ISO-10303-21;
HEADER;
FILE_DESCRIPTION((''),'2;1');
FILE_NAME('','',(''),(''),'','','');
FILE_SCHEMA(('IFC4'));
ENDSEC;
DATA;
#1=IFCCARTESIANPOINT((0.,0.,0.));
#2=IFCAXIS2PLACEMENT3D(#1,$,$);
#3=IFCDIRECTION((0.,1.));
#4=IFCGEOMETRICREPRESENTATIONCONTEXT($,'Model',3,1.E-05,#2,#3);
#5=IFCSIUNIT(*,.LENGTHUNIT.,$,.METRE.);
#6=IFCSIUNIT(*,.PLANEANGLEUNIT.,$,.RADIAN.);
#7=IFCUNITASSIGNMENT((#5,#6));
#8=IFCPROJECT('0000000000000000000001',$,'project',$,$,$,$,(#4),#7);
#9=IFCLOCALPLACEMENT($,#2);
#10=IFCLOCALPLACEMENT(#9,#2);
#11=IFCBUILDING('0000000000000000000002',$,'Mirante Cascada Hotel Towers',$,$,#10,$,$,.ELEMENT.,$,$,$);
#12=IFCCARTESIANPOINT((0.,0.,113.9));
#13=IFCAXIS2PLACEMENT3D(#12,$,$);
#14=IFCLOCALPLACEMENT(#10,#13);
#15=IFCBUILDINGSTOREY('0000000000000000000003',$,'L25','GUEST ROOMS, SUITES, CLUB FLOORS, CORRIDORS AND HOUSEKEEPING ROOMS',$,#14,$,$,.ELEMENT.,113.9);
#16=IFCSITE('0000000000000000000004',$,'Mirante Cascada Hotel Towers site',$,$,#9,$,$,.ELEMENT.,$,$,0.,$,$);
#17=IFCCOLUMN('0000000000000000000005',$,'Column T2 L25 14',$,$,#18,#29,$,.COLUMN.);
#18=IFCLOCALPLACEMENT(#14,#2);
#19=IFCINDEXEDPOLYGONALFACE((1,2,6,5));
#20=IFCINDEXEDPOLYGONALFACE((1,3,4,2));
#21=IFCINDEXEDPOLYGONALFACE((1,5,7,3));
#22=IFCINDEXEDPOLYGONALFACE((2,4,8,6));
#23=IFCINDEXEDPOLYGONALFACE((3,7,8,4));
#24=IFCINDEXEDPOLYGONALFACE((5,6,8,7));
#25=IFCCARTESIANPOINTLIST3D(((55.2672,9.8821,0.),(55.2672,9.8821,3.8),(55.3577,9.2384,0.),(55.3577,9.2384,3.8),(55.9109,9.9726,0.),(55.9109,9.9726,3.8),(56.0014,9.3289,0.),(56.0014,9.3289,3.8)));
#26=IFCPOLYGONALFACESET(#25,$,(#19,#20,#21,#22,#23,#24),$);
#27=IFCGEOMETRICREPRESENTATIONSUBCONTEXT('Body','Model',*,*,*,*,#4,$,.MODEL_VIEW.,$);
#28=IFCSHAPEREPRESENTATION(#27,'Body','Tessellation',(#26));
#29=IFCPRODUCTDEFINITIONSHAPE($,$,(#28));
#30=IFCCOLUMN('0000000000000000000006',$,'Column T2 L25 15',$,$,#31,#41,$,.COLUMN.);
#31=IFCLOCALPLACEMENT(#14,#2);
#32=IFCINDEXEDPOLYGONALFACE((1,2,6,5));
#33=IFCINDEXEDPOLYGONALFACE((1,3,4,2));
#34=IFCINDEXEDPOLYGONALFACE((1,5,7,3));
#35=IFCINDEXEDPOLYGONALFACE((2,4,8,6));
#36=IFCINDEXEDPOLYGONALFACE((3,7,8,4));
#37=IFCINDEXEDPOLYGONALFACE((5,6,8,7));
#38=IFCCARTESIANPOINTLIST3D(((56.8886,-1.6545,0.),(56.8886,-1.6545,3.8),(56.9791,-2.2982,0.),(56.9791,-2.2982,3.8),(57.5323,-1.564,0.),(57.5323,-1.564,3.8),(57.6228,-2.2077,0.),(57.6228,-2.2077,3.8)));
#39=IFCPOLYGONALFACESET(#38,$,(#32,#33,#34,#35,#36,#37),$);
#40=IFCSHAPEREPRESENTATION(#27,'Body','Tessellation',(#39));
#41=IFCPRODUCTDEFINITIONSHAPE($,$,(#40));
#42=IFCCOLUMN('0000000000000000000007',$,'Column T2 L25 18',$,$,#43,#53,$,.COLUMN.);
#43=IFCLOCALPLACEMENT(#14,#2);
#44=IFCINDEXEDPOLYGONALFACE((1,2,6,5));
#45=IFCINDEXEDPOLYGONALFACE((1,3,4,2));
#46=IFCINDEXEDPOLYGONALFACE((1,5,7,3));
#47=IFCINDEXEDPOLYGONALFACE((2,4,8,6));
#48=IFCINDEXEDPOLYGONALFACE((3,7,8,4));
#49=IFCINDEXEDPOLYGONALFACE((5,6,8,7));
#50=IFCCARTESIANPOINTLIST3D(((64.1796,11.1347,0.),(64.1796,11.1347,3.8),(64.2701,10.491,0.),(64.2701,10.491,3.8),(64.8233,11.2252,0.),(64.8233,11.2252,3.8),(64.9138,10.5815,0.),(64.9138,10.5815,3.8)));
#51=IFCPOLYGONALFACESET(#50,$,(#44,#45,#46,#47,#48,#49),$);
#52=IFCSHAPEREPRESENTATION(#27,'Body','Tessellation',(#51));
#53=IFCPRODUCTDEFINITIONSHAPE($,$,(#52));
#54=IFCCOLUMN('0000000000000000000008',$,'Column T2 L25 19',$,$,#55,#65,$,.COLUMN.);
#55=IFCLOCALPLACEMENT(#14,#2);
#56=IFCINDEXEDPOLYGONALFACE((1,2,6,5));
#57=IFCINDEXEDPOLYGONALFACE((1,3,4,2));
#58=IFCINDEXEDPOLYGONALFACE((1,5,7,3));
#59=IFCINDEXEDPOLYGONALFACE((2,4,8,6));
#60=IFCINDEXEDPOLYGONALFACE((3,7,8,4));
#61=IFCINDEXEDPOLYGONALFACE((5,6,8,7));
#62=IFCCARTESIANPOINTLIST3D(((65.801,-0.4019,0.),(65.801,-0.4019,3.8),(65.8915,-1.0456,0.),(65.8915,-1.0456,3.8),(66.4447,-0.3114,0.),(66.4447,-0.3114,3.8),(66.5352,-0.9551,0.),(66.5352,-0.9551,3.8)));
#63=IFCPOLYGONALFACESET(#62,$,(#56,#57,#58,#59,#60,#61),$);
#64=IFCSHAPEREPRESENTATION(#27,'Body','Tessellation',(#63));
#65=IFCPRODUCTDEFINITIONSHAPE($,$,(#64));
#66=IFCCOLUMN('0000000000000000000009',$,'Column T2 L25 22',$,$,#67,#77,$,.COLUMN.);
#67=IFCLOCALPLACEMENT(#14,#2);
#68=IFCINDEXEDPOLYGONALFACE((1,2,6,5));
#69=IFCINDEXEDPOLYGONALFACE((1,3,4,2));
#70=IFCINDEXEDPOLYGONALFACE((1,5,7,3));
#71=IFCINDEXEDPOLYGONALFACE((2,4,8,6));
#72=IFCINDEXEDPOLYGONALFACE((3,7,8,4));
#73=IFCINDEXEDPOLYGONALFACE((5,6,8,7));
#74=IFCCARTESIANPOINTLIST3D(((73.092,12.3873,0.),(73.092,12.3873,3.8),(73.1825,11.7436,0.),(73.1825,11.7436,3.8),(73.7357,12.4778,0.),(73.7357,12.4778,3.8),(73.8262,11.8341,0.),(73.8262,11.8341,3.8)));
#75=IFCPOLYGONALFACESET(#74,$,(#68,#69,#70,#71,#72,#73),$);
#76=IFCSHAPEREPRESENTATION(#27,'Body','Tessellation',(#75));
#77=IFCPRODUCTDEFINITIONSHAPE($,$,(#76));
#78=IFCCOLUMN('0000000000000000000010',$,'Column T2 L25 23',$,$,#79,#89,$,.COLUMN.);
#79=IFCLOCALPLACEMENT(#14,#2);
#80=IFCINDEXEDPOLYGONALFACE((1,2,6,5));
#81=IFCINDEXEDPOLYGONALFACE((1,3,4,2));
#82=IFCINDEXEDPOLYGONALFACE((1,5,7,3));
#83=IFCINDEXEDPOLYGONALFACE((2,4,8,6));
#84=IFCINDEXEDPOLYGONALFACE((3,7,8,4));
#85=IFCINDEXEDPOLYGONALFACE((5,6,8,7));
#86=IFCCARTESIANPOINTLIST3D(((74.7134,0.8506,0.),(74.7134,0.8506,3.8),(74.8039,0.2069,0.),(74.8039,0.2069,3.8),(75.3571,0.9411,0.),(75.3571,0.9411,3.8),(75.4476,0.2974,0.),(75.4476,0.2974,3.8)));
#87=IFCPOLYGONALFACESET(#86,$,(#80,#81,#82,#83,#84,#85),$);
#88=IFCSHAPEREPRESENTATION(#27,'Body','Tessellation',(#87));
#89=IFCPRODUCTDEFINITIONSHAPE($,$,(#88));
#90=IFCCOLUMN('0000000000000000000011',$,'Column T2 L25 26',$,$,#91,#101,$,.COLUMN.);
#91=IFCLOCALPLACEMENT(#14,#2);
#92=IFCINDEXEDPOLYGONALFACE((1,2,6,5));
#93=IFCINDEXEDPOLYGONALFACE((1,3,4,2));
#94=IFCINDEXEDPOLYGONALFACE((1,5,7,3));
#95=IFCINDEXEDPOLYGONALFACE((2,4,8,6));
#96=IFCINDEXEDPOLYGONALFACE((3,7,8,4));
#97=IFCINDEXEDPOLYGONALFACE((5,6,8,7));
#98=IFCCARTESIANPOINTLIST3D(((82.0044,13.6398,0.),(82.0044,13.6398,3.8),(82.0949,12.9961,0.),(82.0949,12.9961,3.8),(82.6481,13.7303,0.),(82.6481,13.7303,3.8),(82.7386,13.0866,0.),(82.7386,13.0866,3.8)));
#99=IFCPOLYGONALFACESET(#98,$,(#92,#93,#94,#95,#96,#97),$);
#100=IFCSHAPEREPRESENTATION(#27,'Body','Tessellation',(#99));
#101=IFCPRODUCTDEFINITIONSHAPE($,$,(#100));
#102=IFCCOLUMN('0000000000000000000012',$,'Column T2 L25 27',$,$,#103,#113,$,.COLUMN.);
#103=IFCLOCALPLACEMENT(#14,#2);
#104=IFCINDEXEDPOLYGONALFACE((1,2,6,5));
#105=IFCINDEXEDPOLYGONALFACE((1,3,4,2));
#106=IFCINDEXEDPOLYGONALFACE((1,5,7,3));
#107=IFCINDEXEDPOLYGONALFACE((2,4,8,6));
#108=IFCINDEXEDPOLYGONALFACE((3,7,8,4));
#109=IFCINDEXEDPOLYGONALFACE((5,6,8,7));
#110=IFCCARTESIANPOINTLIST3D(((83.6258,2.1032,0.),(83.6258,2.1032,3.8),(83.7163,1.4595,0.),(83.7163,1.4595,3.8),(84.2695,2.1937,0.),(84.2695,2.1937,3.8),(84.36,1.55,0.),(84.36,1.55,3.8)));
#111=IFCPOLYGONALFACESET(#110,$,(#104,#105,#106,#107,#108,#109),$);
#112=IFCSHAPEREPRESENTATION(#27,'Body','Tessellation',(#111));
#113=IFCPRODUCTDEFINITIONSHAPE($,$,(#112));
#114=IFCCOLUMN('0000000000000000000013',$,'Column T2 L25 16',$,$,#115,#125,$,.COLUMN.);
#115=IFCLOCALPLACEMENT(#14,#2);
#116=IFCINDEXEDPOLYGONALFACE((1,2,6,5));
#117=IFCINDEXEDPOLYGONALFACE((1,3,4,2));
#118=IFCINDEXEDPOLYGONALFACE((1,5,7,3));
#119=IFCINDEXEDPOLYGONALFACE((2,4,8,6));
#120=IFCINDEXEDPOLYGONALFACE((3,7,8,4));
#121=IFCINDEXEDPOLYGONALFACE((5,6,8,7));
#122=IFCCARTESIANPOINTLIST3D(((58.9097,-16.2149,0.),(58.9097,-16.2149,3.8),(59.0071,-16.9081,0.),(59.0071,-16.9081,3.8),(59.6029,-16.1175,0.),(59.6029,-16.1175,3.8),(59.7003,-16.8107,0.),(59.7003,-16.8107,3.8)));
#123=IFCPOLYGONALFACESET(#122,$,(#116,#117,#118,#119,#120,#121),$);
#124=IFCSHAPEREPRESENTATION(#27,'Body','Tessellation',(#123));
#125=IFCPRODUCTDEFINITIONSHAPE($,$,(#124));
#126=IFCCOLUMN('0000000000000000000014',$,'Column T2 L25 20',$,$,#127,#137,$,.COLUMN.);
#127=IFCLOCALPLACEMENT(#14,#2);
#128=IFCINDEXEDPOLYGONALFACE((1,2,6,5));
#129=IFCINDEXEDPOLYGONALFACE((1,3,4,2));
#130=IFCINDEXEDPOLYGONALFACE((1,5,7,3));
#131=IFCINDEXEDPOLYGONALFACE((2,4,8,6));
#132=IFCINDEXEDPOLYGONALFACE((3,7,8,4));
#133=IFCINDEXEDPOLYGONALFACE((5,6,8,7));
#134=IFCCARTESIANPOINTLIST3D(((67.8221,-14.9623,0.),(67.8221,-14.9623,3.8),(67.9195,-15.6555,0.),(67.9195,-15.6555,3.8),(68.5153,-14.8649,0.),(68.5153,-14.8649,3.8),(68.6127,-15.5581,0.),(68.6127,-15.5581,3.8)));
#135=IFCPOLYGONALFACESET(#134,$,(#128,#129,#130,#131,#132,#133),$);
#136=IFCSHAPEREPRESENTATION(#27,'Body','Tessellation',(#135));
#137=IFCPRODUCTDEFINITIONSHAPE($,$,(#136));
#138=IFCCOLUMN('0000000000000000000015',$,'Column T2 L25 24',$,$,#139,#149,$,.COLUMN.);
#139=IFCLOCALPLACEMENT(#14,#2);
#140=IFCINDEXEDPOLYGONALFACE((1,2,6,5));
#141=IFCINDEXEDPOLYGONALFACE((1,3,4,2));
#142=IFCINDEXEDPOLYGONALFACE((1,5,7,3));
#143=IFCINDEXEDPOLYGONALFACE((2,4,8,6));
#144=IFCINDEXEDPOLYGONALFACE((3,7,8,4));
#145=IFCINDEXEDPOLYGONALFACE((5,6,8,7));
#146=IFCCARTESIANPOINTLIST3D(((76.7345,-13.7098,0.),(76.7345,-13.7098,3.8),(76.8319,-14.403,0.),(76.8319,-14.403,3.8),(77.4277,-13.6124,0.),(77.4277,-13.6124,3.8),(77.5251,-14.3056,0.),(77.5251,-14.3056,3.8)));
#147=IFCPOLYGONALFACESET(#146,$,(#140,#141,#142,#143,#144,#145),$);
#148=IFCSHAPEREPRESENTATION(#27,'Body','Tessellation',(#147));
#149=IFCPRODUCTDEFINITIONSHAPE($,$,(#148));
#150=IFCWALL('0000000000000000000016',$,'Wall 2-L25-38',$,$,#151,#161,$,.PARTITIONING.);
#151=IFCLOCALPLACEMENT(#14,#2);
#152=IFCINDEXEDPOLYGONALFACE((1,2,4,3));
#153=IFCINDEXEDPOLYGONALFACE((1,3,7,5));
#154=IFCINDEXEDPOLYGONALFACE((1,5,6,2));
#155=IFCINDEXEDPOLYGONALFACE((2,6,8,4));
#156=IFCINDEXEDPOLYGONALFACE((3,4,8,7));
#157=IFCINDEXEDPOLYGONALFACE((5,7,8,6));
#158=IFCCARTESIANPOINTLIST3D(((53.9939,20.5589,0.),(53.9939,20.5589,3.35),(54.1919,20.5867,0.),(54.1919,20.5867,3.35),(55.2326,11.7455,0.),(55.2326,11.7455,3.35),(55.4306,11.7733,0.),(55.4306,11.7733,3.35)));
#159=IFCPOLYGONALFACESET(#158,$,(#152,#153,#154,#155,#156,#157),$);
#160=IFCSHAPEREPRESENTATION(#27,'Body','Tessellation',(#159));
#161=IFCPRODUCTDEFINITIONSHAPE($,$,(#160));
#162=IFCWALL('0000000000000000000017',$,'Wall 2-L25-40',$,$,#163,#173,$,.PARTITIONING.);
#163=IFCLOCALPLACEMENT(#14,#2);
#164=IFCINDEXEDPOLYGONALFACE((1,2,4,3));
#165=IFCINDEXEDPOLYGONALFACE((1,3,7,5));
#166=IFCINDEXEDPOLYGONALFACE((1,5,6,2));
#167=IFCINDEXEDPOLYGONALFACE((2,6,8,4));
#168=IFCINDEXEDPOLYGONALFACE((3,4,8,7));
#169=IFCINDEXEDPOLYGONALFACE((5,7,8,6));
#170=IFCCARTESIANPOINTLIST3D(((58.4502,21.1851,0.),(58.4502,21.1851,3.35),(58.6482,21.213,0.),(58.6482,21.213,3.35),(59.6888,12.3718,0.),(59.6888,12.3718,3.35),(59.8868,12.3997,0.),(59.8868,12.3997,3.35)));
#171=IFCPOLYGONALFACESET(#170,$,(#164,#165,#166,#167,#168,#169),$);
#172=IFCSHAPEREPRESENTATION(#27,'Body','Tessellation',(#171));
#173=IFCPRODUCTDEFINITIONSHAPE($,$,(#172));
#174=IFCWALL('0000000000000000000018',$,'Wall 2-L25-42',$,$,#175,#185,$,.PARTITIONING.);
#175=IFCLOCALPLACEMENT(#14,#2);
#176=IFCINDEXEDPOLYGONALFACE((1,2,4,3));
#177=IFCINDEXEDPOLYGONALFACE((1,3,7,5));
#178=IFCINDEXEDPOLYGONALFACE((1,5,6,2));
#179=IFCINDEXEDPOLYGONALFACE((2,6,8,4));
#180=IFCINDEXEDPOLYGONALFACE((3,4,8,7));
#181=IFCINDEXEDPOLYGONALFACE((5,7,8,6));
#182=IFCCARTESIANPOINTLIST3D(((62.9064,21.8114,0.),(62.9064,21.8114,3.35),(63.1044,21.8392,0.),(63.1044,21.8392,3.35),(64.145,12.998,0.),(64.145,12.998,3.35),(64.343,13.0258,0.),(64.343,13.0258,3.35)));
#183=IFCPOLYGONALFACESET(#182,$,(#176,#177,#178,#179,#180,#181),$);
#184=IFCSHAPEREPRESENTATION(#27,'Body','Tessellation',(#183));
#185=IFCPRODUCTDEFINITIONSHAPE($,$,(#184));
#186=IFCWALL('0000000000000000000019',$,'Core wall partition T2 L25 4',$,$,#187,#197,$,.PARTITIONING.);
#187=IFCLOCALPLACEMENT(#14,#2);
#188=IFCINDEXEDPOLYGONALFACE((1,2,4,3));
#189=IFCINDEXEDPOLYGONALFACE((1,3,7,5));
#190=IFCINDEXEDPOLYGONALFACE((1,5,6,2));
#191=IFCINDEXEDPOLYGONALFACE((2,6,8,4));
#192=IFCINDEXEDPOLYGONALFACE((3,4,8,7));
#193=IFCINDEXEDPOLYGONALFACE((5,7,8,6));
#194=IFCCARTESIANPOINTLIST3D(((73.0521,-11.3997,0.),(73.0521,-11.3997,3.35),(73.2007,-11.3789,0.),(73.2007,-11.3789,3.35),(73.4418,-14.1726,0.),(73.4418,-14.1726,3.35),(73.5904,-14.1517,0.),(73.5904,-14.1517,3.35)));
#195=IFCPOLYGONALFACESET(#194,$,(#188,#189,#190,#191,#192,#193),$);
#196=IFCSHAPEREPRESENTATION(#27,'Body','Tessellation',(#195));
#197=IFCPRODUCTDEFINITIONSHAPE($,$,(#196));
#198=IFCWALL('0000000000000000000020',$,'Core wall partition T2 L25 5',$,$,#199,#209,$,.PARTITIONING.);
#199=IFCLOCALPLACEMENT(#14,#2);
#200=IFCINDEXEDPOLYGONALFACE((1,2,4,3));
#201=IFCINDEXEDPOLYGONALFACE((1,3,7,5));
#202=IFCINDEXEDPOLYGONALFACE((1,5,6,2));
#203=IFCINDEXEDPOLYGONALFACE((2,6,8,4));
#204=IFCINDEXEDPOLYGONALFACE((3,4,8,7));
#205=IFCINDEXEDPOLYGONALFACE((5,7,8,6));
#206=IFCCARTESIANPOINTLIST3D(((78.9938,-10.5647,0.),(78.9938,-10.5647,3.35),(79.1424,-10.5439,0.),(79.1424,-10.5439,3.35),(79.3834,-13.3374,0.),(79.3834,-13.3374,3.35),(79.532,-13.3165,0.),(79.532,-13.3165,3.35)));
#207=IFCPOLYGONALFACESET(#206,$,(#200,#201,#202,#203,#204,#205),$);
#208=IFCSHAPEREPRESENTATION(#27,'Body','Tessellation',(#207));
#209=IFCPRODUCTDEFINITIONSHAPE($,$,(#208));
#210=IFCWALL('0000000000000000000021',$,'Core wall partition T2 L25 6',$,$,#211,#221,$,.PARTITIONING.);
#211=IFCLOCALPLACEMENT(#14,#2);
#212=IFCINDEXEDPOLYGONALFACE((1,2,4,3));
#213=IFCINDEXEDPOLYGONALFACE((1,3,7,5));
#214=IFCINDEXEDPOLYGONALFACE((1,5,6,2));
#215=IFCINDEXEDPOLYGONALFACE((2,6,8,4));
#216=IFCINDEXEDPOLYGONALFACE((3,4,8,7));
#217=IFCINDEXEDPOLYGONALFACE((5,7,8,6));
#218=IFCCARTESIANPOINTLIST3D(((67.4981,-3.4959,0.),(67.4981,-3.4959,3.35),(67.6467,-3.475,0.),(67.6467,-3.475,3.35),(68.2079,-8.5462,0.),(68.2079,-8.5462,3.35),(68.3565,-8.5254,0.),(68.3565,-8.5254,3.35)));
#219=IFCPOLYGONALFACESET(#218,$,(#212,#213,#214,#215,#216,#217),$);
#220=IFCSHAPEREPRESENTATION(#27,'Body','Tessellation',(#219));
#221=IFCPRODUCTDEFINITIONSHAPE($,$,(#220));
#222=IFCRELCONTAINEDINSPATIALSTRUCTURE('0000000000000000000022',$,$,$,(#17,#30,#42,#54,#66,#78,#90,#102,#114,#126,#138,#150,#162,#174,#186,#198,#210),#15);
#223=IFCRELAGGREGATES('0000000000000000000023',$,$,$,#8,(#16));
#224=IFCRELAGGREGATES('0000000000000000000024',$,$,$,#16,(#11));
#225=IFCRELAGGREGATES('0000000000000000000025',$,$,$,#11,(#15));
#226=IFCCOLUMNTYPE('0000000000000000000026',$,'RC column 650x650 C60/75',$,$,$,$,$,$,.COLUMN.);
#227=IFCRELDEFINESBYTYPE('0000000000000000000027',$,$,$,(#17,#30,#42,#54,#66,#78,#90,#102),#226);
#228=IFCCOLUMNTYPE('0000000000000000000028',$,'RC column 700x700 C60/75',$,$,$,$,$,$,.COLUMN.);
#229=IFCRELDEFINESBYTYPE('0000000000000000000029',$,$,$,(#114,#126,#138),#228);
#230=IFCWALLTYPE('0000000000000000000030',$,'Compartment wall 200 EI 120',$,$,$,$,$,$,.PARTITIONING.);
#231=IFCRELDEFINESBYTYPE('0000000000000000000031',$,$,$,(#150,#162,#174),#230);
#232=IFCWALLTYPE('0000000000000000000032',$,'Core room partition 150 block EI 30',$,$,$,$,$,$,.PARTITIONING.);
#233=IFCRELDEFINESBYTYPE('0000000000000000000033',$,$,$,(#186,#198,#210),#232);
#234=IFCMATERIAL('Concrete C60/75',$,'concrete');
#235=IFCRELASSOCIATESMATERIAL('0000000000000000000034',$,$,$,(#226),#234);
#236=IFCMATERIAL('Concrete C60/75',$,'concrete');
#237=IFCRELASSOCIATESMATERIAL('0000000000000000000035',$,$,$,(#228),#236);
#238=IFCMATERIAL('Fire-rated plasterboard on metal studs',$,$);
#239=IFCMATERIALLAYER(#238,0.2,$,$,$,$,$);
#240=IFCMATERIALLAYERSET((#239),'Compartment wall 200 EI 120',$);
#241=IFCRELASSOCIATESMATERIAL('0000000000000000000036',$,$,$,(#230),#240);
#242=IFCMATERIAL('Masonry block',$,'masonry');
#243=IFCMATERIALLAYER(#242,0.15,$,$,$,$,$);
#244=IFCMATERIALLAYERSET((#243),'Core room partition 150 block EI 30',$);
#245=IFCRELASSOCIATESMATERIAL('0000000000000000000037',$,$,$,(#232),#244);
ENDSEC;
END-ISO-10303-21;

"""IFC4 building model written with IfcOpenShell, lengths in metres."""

from ifc_helpers import new_model, si_unit, direction, frame, frame_2d, origin, origin_2d, place, context, subcontext, project, spatial, rectangle, extrude, material, layer, layer_set, material_profile, profile_set, type_object, element, save


model = new_model("IFC4")

# Units and contexts
model_context = context("Model", 3, precision=1e-05, world=origin(), true_north=direction((0.0, 1.0)))
body_context = subcontext(model_context, "Body", "Model", "MODEL_VIEW")
ifc_project = project(units=[si_unit("LENGTHUNIT", "METRE"), si_unit("PLANEANGLEUNIT", "RADIAN")], contexts=[model_context])

# Site, building, storey
site_placement = place(None, origin())
site = spatial("IfcSite", under=ifc_project, at=site_placement, Name="Mirante Cascada Hotel Towers site", CompositionType="ELEMENT", RefElevation=0.0)
building_placement = place(site_placement, origin())
building = spatial("IfcBuilding", under=site, at=building_placement, Name="Mirante Cascada Hotel Towers", CompositionType="ELEMENT")
storey_placement = place(building_placement, frame((0.0, 0.0, 113.9)))
storey = spatial("IfcBuildingStorey", under=building, at=storey_placement, Name="L25", Description="GUEST ROOMS, SUITES, CLUB FLOORS, CORRIDORS AND HOUSEKEEPING ROOMS", CompositionType="ELEMENT", Elevation=113.9)

# Columns
ifc_material_1 = material(Name="Concrete C60/75", Category="concrete")
ifc_material_profile_1 = material_profile(ifc_material_1, rectangle(XDim=0.65, YDim=0.65, at=origin_2d()), Name="RC column 650x650 C60/75")
ifc_profile_set_1 = profile_set([ifc_material_profile_1], Name="Concrete C60/75")
column_type_1 = type_object("IfcColumnType", Name="RC column 650x650 C60/75", PredefinedType="COLUMN", material=ifc_profile_set_1)
for number, where, z_axis, x_axis, name in (
    (1, (55.6343, 9.6055, 0.0), (0.0, 0.0, 1.0), (0.990268, 0.139173, 0.0), "Column T2 L25 14"),
    (2, (57.2557, -1.9311, 0.0), (0.0, 0.0, 1.0), (0.990268, 0.139173, 0.0), "Column T2 L25 15"),
    (3, (64.5467, 10.8581, 0.0), (0.0, 0.0, 1.0), (0.990268, 0.139173, 0.0), "Column T2 L25 18"),
    (4, (66.1681, -0.6785, 0.0), (0.0, 0.0, 1.0), (0.990268, 0.139173, 0.0), "Column T2 L25 19"),
    (5, (73.4591, 12.1107, 0.0), (0.0, 0.0, 1.0), (0.990268, 0.139173, 0.0), "Column T2 L25 22"),
    (6, (75.0805, 0.574, 0.0), (0.0, 0.0, 1.0), (0.990268, 0.139173, 0.0), "Column T2 L25 23"),
    (7, (82.3715, 13.3632, 0.0), (0.0, 0.0, 1.0), (0.990268, 0.139173, 0.0), "Column T2 L25 26"),
    (8, (83.9929, 1.8266, 0.0), (0.0, 0.0, 1.0), (0.990268, 0.139173, 0.0), "Column T2 L25 27"),
):
    element("IfcColumn", number, at=place(storey_placement, frame(where, z_axis=z_axis, x_axis=x_axis)), inside=storey, type_object=column_type_1, Name=name, PredefinedType="COLUMN", context=body_context, shape_type="SweptSolid", body=[
        extrude(rectangle(XDim=0.65, YDim=0.65, at=origin_2d()), origin(), (0.0, 0.0, 1.0), 3.8),
    ])
ifc_material_2 = material(Name="Concrete C60/75", Category="concrete")
ifc_material_profile_2 = material_profile(ifc_material_2, rectangle(XDim=0.7, YDim=0.7, at=origin_2d()), Name="RC column 700x700 C60/75")
ifc_profile_set_2 = profile_set([ifc_material_profile_2], Name="Concrete C60/75")
column_type_2 = type_object("IfcColumnType", Name="RC column 700x700 C60/75", PredefinedType="COLUMN", material=ifc_profile_set_2)
for number, where, z_axis, x_axis, name in (
    (9, (59.305, -16.5128, 0.0), (0.0, 0.0, 1.0), (0.990268, 0.139173, 0.0), "Column T2 L25 16"),
    (10, (68.2174, -15.2602, 0.0), (0.0, 0.0, 1.0), (0.990268, 0.139173, 0.0), "Column T2 L25 20"),
    (11, (77.1298, -14.0077, 0.0), (0.0, 0.0, 1.0), (0.990268, 0.139173, 0.0), "Column T2 L25 24"),
):
    element("IfcColumn", number, at=place(storey_placement, frame(where, z_axis=z_axis, x_axis=x_axis)), inside=storey, type_object=column_type_2, Name=name, PredefinedType="COLUMN", context=body_context, shape_type="SweptSolid", body=[
        extrude(rectangle(XDim=0.7, YDim=0.7, at=origin_2d()), origin(), (0.0, 0.0, 1.0), 3.8),
    ])

# Walls
ifc_material_3 = material(Name="Fire-rated plasterboard on metal studs")
ifc_layer_1 = layer(ifc_material_3, 0.2)
ifc_layer_set_1 = layer_set([ifc_layer_1], Name="Compartment wall 200 EI 120")
wall_type_1 = type_object("IfcWallType", Name="Compartment wall 200 EI 120", PredefinedType="PARTITIONING", material=ifc_layer_set_1)
wall_1_placement = place(storey_placement, frame((55.3316, 11.7594, 0.0), z_axis=(0.0, 0.0, 1.0), x_axis=(-0.139179, 0.990267, 0.0)))
element("IfcWall", 12, at=wall_1_placement, inside=storey, type_object=wall_type_1, Name="Wall 2-L25-38", PredefinedType="PARTITIONING", context=body_context, shape_type="SweptSolid", body=[
    extrude(rectangle(XDim=8.9, YDim=0.2, at=frame_2d((4.45, 0.0))), origin(), (0.0, 0.0, 1.0), 3.35),
])
wall_2_placement = place(storey_placement, frame((59.7878, 12.3857, 0.0), z_axis=(0.0, 0.0, 1.0), x_axis=(-0.13917, 0.990268, 0.0)))
element("IfcWall", 13, at=wall_2_placement, inside=storey, type_object=wall_type_1, Name="Wall 2-L25-40", PredefinedType="PARTITIONING", context=body_context, shape_type="SweptSolid", body=[
    extrude(rectangle(XDim=8.8999, YDim=0.2, at=frame_2d((4.45, 0.0))), origin(), (0.0, 0.0, 1.0), 3.35),
])
wall_3_placement = place(storey_placement, frame((64.244, 13.0119, 0.0), z_axis=(0.0, 0.0, 1.0), x_axis=(-0.139168, 0.990269, 0.0)))
element("IfcWall", 14, at=wall_3_placement, inside=storey, type_object=wall_type_1, Name="Wall 2-L25-42", PredefinedType="PARTITIONING", context=body_context, shape_type="SweptSolid", body=[
    extrude(rectangle(XDim=8.9, YDim=0.2, at=frame_2d((4.45, 0.0))), origin(), (0.0, 0.0, 1.0), 3.35),
])
ifc_material_4 = material(Name="Masonry block", Category="masonry")
ifc_layer_2 = layer(ifc_material_4, 0.15)
ifc_layer_set_2 = layer_set([ifc_layer_2], Name="Core room partition 150 block EI 30")
wall_type_2 = type_object("IfcWallType", Name="Core room partition 150 block EI 30", PredefinedType="PARTITIONING", material=ifc_layer_set_2)
wall_4_placement = place(storey_placement, frame((73.5161, -14.1621, 0.0), z_axis=(0.0, 0.0, 1.0), x_axis=(-0.139176, 0.990268, 0.0)))
element("IfcWall", 15, at=wall_4_placement, inside=storey, type_object=wall_type_2, Name="Core wall partition T2 L25 4", PredefinedType="PARTITIONING", context=body_context, shape_type="SweptSolid", body=[
    extrude(rectangle(XDim=2.8001, YDim=0.15, at=frame_2d((1.4, 0.0))), origin(), (0.0, 0.0, 1.0), 3.35),
])
wall_5_placement = place(storey_placement, frame((79.4577, -13.327, 0.0), z_axis=(0.0, 0.0, 1.0), x_axis=(-0.139146, 0.990272, 0.0)))
element("IfcWall", 16, at=wall_5_placement, inside=storey, type_object=wall_type_2, Name="Core wall partition T2 L25 5", PredefinedType="PARTITIONING", context=body_context, shape_type="SweptSolid", body=[
    extrude(rectangle(XDim=2.7999, YDim=0.15, at=frame_2d((1.4, 0.0))), origin(), (0.0, 0.0, 1.0), 3.35),
])
wall_6_placement = place(storey_placement, frame((68.2822, -8.5358, 0.0), z_axis=(0.0, 0.0, 1.0), x_axis=(-0.139176, 0.990268, 0.0)))
element("IfcWall", 17, at=wall_6_placement, inside=storey, type_object=wall_type_2, Name="Core wall partition T2 L25 6", PredefinedType="PARTITIONING", context=body_context, shape_type="SweptSolid", body=[
    extrude(rectangle(XDim=5.1, YDim=0.15, at=frame_2d((2.55, 0.0))), origin(), (0.0, 0.0, 1.0), 3.35),
])

save(model, "model.ifc")
